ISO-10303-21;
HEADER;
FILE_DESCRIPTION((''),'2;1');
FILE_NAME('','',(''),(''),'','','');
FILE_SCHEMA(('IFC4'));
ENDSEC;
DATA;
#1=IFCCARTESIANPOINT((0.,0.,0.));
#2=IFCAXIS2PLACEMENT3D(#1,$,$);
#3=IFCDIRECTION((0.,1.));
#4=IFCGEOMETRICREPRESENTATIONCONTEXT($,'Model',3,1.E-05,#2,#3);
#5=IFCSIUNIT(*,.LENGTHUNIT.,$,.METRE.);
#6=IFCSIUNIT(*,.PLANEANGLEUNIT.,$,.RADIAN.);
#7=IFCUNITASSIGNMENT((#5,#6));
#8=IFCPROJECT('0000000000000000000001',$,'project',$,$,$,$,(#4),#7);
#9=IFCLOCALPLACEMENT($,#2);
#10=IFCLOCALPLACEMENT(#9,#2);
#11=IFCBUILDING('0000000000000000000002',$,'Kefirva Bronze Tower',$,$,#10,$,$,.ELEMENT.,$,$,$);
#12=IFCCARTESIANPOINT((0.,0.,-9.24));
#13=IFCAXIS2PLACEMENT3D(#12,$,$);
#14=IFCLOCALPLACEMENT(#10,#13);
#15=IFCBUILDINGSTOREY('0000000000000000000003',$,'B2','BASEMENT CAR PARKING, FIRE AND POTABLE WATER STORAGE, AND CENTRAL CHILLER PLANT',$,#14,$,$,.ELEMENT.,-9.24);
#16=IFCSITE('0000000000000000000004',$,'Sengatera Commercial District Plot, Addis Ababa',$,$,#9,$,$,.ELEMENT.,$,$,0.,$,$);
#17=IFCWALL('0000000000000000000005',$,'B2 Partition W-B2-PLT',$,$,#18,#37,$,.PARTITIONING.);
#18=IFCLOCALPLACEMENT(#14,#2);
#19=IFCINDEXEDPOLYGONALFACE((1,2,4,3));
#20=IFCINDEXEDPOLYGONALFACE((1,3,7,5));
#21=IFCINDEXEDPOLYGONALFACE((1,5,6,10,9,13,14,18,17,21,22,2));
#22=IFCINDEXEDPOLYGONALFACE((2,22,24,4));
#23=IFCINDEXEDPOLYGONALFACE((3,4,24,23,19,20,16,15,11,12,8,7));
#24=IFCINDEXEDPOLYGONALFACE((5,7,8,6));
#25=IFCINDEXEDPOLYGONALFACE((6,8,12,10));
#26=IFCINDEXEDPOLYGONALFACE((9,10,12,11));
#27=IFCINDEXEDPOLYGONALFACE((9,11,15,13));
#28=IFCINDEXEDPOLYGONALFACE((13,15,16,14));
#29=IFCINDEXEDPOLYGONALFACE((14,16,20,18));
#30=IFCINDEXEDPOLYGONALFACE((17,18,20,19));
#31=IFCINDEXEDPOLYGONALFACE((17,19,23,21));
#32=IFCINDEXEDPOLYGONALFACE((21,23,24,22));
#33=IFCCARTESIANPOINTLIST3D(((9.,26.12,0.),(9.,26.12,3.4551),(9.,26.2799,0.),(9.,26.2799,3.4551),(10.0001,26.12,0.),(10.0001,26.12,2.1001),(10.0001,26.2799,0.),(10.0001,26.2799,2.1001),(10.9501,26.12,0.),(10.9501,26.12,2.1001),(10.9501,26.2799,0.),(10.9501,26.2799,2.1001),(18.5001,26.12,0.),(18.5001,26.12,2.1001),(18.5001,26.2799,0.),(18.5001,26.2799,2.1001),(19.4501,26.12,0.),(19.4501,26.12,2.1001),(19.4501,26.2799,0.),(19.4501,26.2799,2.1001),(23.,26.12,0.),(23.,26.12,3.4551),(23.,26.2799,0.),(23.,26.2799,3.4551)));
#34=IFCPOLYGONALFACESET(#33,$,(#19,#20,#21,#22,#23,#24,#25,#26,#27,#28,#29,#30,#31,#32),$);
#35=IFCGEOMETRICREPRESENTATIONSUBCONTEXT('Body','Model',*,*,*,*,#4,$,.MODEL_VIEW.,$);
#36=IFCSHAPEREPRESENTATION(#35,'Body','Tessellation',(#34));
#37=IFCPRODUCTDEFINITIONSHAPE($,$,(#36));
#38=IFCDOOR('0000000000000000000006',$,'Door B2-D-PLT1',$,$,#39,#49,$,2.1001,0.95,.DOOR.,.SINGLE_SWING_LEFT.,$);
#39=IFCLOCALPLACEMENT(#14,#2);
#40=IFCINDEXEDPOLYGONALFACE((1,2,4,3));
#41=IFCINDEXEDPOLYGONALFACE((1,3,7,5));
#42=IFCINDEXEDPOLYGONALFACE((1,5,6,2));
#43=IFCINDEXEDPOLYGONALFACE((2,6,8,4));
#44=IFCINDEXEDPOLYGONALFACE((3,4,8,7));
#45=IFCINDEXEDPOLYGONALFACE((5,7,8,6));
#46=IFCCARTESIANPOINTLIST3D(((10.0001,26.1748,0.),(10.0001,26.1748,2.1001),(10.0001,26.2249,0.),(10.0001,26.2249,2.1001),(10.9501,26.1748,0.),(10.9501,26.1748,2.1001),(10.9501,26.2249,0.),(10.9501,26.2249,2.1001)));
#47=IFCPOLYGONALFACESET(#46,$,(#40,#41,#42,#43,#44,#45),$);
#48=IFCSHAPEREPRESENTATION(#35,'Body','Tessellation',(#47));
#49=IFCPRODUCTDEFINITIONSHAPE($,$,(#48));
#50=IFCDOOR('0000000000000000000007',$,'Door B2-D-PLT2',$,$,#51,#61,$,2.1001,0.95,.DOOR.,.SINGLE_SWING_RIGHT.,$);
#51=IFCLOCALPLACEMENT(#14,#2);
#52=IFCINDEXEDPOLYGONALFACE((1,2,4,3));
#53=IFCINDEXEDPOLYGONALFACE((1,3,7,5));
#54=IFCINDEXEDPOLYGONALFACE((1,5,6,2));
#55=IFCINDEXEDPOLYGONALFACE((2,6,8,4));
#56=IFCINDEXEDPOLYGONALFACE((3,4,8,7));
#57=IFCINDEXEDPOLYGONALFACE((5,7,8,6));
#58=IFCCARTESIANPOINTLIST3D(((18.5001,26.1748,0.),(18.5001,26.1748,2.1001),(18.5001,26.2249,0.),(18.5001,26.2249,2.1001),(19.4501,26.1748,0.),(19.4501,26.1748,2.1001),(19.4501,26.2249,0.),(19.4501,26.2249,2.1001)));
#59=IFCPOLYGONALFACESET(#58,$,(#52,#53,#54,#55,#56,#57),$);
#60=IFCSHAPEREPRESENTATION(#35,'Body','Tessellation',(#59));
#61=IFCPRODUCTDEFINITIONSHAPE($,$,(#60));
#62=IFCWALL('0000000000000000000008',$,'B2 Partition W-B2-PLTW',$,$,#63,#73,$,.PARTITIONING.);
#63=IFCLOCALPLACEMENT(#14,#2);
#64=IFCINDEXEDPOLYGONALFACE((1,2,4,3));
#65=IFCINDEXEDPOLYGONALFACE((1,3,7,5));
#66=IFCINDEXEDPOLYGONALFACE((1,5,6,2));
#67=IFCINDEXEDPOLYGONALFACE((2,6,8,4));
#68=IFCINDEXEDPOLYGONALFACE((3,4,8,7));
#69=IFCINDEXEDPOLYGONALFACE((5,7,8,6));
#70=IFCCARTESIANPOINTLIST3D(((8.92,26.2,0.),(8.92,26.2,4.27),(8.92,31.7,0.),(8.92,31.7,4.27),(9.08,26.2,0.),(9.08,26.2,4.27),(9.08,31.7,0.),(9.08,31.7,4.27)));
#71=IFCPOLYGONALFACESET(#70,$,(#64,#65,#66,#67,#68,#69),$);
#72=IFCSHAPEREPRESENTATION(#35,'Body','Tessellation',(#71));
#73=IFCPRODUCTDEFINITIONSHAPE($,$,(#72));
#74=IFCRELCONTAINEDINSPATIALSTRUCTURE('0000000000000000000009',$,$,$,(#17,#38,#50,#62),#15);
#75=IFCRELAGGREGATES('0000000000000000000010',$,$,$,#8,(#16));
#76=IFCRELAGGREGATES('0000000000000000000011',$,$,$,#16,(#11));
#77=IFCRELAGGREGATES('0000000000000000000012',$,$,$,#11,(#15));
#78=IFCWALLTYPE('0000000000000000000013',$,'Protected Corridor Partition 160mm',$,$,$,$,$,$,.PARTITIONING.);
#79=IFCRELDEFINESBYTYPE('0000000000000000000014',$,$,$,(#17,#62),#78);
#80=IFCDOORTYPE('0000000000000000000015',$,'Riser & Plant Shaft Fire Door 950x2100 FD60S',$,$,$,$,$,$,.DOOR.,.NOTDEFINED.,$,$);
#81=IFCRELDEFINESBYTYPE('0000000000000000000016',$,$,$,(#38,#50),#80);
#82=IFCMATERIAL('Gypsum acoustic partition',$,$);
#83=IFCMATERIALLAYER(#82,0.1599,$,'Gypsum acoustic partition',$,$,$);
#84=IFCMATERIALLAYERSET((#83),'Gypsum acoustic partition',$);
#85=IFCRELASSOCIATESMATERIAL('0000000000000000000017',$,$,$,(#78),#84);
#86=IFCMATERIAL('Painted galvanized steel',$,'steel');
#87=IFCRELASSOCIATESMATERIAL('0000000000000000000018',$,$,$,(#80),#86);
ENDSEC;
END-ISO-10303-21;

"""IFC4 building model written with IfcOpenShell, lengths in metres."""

from ifc_helpers import new_model, si_unit, direction, frame, frame_2d, origin, place, context, subcontext, project, spatial, rectangle, extrude, material, layer, layer_set, type_object, element, fill, save


model = new_model("IFC4")

# Units and contexts
model_context = context("Model", 3, precision=1e-05, world=origin(), true_north=direction((0.0, 1.0)))
body_context = subcontext(model_context, "Body", "Model", "MODEL_VIEW")
ifc_project = project(units=[si_unit("LENGTHUNIT", "METRE"), si_unit("PLANEANGLEUNIT", "RADIAN")], contexts=[model_context])

# Site, building, storey
site_placement = place(None, origin())
site = spatial("IfcSite", under=ifc_project, at=site_placement, Name="Sengatera Commercial District Plot, Addis Ababa", CompositionType="ELEMENT", RefElevation=0.0)
building_placement = place(site_placement, origin())
building = spatial("IfcBuilding", under=site, at=building_placement, Name="Kefirva Bronze Tower", CompositionType="ELEMENT")
storey_placement = place(building_placement, frame((0.0, 0.0, -9.24)))
storey = spatial("IfcBuildingStorey", under=building, at=storey_placement, Name="B2", Description="BASEMENT CAR PARKING, FIRE AND POTABLE WATER STORAGE, AND CENTRAL CHILLER PLANT", CompositionType="ELEMENT", Elevation=-9.24)

# Wall, openings, doors
ifc_material_1 = material(Name="Gypsum acoustic partition")
ifc_layer = layer(ifc_material_1, 0.1599, Name="Gypsum acoustic partition")
ifc_layer_set = layer_set([ifc_layer], Name="Gypsum acoustic partition")
wall_type = type_object("IfcWallType", Name="Protected Corridor Partition 160mm", PredefinedType="PARTITIONING", material=ifc_layer_set)
wall_1_placement = place(storey_placement, frame((9.0, 26.2, 0.0), z_axis=(0.0, 0.0, 1.0), x_axis=(1.0, 0.0, 0.0)))
wall_1 = element("IfcWall", 1, at=wall_1_placement, inside=storey, type_object=wall_type, Name="B2 Partition W-B2-PLT", PredefinedType="PARTITIONING", context=body_context, shape_type="SweptSolid", body=[
    extrude(rectangle(XDim=14.0, YDim=0.1599, at=frame_2d((7.0, 0.0))), origin(), (0.0, 0.0, 1.0), 3.4551),
])
opening_1_placement = place(wall_1_placement, frame((1.0, 0.0, 0.0)))
opening_1 = element("IfcOpeningElement", 2, at=opening_1_placement, cuts=wall_1, PredefinedType="OPENING", context=body_context, shape_type="SweptSolid", body=[
    extrude(rectangle(XDim=0.95, YDim=2.1001, at=frame_2d((0.4751, 1.05))), frame((0.0, 0.0898, 0.0), z_axis=(0.0, -1.0, 0.0), x_axis=(1.0, 0.0, 0.0)), (0.0, 0.0, 1.0), 0.1799),
])
opening_2_placement = place(wall_1_placement, frame((9.5, 0.0, 0.0)))
opening_2 = element("IfcOpeningElement", 3, at=opening_2_placement, cuts=wall_1, PredefinedType="OPENING", context=body_context, shape_type="SweptSolid", body=[
    extrude(rectangle(XDim=0.95, YDim=2.1001, at=frame_2d((0.4751, 1.05))), frame((0.0, 0.0898, 0.0), z_axis=(0.0, -1.0, 0.0), x_axis=(1.0, 0.0, 0.0)), (0.0, 0.0, 1.0), 0.1799),
])
ifc_material_2 = material(Name="Painted galvanized steel", Category="steel")
door_type = type_object("IfcDoorType", Name="Riser & Plant Shaft Fire Door 950x2100 FD60S", OperationType="NOTDEFINED", PredefinedType="DOOR", material=ifc_material_2)
door_1_placement = place(opening_1_placement, origin())
door_1 = element("IfcDoor", 4, at=door_1_placement, inside=storey, type_object=door_type, Name="Door B2-D-PLT1", OperationType="SINGLE_SWING_LEFT", OverallHeight=2.1001, OverallWidth=0.95, PredefinedType="DOOR", context=body_context, shape_type="SweptSolid", body=[
    extrude(rectangle(XDim=0.95, YDim=2.1001, at=frame_2d((0.4751, 1.05))), frame((0.0, 0.0249, 0.0), z_axis=(0.0, -1.0, 0.0), x_axis=(1.0, 0.0, 0.0)), (0.0, 0.0, 1.0), 0.05),
])
fill(opening_1, door_1)
door_2_placement = place(opening_2_placement, origin())
door_2 = element("IfcDoor", 5, at=door_2_placement, inside=storey, type_object=door_type, Name="Door B2-D-PLT2", OperationType="SINGLE_SWING_RIGHT", OverallHeight=2.1001, OverallWidth=0.95, PredefinedType="DOOR", context=body_context, shape_type="SweptSolid", body=[
    extrude(rectangle(XDim=0.95, YDim=2.1001, at=frame_2d((0.4751, 1.05))), frame((0.0, 0.0249, 0.0), z_axis=(0.0, -1.0, 0.0), x_axis=(1.0, 0.0, 0.0)), (0.0, 0.0, 1.0), 0.05),
])
fill(opening_2, door_2)

# Wall
wall_2_placement = place(storey_placement, frame((9.0, 26.2, 0.0), z_axis=(0.0, 0.0, 1.0), x_axis=(0.0, 1.0, 0.0)))
element("IfcWall", 6, at=wall_2_placement, inside=storey, type_object=wall_type, Name="B2 Partition W-B2-PLTW", PredefinedType="PARTITIONING", context=body_context, shape_type="SweptSolid", body=[
    extrude(rectangle(XDim=5.5, YDim=0.1599, at=frame_2d((2.75, 0.0))), origin(), (0.0, 0.0, 1.0), 4.27),
])

save(model, "model.ifc")
